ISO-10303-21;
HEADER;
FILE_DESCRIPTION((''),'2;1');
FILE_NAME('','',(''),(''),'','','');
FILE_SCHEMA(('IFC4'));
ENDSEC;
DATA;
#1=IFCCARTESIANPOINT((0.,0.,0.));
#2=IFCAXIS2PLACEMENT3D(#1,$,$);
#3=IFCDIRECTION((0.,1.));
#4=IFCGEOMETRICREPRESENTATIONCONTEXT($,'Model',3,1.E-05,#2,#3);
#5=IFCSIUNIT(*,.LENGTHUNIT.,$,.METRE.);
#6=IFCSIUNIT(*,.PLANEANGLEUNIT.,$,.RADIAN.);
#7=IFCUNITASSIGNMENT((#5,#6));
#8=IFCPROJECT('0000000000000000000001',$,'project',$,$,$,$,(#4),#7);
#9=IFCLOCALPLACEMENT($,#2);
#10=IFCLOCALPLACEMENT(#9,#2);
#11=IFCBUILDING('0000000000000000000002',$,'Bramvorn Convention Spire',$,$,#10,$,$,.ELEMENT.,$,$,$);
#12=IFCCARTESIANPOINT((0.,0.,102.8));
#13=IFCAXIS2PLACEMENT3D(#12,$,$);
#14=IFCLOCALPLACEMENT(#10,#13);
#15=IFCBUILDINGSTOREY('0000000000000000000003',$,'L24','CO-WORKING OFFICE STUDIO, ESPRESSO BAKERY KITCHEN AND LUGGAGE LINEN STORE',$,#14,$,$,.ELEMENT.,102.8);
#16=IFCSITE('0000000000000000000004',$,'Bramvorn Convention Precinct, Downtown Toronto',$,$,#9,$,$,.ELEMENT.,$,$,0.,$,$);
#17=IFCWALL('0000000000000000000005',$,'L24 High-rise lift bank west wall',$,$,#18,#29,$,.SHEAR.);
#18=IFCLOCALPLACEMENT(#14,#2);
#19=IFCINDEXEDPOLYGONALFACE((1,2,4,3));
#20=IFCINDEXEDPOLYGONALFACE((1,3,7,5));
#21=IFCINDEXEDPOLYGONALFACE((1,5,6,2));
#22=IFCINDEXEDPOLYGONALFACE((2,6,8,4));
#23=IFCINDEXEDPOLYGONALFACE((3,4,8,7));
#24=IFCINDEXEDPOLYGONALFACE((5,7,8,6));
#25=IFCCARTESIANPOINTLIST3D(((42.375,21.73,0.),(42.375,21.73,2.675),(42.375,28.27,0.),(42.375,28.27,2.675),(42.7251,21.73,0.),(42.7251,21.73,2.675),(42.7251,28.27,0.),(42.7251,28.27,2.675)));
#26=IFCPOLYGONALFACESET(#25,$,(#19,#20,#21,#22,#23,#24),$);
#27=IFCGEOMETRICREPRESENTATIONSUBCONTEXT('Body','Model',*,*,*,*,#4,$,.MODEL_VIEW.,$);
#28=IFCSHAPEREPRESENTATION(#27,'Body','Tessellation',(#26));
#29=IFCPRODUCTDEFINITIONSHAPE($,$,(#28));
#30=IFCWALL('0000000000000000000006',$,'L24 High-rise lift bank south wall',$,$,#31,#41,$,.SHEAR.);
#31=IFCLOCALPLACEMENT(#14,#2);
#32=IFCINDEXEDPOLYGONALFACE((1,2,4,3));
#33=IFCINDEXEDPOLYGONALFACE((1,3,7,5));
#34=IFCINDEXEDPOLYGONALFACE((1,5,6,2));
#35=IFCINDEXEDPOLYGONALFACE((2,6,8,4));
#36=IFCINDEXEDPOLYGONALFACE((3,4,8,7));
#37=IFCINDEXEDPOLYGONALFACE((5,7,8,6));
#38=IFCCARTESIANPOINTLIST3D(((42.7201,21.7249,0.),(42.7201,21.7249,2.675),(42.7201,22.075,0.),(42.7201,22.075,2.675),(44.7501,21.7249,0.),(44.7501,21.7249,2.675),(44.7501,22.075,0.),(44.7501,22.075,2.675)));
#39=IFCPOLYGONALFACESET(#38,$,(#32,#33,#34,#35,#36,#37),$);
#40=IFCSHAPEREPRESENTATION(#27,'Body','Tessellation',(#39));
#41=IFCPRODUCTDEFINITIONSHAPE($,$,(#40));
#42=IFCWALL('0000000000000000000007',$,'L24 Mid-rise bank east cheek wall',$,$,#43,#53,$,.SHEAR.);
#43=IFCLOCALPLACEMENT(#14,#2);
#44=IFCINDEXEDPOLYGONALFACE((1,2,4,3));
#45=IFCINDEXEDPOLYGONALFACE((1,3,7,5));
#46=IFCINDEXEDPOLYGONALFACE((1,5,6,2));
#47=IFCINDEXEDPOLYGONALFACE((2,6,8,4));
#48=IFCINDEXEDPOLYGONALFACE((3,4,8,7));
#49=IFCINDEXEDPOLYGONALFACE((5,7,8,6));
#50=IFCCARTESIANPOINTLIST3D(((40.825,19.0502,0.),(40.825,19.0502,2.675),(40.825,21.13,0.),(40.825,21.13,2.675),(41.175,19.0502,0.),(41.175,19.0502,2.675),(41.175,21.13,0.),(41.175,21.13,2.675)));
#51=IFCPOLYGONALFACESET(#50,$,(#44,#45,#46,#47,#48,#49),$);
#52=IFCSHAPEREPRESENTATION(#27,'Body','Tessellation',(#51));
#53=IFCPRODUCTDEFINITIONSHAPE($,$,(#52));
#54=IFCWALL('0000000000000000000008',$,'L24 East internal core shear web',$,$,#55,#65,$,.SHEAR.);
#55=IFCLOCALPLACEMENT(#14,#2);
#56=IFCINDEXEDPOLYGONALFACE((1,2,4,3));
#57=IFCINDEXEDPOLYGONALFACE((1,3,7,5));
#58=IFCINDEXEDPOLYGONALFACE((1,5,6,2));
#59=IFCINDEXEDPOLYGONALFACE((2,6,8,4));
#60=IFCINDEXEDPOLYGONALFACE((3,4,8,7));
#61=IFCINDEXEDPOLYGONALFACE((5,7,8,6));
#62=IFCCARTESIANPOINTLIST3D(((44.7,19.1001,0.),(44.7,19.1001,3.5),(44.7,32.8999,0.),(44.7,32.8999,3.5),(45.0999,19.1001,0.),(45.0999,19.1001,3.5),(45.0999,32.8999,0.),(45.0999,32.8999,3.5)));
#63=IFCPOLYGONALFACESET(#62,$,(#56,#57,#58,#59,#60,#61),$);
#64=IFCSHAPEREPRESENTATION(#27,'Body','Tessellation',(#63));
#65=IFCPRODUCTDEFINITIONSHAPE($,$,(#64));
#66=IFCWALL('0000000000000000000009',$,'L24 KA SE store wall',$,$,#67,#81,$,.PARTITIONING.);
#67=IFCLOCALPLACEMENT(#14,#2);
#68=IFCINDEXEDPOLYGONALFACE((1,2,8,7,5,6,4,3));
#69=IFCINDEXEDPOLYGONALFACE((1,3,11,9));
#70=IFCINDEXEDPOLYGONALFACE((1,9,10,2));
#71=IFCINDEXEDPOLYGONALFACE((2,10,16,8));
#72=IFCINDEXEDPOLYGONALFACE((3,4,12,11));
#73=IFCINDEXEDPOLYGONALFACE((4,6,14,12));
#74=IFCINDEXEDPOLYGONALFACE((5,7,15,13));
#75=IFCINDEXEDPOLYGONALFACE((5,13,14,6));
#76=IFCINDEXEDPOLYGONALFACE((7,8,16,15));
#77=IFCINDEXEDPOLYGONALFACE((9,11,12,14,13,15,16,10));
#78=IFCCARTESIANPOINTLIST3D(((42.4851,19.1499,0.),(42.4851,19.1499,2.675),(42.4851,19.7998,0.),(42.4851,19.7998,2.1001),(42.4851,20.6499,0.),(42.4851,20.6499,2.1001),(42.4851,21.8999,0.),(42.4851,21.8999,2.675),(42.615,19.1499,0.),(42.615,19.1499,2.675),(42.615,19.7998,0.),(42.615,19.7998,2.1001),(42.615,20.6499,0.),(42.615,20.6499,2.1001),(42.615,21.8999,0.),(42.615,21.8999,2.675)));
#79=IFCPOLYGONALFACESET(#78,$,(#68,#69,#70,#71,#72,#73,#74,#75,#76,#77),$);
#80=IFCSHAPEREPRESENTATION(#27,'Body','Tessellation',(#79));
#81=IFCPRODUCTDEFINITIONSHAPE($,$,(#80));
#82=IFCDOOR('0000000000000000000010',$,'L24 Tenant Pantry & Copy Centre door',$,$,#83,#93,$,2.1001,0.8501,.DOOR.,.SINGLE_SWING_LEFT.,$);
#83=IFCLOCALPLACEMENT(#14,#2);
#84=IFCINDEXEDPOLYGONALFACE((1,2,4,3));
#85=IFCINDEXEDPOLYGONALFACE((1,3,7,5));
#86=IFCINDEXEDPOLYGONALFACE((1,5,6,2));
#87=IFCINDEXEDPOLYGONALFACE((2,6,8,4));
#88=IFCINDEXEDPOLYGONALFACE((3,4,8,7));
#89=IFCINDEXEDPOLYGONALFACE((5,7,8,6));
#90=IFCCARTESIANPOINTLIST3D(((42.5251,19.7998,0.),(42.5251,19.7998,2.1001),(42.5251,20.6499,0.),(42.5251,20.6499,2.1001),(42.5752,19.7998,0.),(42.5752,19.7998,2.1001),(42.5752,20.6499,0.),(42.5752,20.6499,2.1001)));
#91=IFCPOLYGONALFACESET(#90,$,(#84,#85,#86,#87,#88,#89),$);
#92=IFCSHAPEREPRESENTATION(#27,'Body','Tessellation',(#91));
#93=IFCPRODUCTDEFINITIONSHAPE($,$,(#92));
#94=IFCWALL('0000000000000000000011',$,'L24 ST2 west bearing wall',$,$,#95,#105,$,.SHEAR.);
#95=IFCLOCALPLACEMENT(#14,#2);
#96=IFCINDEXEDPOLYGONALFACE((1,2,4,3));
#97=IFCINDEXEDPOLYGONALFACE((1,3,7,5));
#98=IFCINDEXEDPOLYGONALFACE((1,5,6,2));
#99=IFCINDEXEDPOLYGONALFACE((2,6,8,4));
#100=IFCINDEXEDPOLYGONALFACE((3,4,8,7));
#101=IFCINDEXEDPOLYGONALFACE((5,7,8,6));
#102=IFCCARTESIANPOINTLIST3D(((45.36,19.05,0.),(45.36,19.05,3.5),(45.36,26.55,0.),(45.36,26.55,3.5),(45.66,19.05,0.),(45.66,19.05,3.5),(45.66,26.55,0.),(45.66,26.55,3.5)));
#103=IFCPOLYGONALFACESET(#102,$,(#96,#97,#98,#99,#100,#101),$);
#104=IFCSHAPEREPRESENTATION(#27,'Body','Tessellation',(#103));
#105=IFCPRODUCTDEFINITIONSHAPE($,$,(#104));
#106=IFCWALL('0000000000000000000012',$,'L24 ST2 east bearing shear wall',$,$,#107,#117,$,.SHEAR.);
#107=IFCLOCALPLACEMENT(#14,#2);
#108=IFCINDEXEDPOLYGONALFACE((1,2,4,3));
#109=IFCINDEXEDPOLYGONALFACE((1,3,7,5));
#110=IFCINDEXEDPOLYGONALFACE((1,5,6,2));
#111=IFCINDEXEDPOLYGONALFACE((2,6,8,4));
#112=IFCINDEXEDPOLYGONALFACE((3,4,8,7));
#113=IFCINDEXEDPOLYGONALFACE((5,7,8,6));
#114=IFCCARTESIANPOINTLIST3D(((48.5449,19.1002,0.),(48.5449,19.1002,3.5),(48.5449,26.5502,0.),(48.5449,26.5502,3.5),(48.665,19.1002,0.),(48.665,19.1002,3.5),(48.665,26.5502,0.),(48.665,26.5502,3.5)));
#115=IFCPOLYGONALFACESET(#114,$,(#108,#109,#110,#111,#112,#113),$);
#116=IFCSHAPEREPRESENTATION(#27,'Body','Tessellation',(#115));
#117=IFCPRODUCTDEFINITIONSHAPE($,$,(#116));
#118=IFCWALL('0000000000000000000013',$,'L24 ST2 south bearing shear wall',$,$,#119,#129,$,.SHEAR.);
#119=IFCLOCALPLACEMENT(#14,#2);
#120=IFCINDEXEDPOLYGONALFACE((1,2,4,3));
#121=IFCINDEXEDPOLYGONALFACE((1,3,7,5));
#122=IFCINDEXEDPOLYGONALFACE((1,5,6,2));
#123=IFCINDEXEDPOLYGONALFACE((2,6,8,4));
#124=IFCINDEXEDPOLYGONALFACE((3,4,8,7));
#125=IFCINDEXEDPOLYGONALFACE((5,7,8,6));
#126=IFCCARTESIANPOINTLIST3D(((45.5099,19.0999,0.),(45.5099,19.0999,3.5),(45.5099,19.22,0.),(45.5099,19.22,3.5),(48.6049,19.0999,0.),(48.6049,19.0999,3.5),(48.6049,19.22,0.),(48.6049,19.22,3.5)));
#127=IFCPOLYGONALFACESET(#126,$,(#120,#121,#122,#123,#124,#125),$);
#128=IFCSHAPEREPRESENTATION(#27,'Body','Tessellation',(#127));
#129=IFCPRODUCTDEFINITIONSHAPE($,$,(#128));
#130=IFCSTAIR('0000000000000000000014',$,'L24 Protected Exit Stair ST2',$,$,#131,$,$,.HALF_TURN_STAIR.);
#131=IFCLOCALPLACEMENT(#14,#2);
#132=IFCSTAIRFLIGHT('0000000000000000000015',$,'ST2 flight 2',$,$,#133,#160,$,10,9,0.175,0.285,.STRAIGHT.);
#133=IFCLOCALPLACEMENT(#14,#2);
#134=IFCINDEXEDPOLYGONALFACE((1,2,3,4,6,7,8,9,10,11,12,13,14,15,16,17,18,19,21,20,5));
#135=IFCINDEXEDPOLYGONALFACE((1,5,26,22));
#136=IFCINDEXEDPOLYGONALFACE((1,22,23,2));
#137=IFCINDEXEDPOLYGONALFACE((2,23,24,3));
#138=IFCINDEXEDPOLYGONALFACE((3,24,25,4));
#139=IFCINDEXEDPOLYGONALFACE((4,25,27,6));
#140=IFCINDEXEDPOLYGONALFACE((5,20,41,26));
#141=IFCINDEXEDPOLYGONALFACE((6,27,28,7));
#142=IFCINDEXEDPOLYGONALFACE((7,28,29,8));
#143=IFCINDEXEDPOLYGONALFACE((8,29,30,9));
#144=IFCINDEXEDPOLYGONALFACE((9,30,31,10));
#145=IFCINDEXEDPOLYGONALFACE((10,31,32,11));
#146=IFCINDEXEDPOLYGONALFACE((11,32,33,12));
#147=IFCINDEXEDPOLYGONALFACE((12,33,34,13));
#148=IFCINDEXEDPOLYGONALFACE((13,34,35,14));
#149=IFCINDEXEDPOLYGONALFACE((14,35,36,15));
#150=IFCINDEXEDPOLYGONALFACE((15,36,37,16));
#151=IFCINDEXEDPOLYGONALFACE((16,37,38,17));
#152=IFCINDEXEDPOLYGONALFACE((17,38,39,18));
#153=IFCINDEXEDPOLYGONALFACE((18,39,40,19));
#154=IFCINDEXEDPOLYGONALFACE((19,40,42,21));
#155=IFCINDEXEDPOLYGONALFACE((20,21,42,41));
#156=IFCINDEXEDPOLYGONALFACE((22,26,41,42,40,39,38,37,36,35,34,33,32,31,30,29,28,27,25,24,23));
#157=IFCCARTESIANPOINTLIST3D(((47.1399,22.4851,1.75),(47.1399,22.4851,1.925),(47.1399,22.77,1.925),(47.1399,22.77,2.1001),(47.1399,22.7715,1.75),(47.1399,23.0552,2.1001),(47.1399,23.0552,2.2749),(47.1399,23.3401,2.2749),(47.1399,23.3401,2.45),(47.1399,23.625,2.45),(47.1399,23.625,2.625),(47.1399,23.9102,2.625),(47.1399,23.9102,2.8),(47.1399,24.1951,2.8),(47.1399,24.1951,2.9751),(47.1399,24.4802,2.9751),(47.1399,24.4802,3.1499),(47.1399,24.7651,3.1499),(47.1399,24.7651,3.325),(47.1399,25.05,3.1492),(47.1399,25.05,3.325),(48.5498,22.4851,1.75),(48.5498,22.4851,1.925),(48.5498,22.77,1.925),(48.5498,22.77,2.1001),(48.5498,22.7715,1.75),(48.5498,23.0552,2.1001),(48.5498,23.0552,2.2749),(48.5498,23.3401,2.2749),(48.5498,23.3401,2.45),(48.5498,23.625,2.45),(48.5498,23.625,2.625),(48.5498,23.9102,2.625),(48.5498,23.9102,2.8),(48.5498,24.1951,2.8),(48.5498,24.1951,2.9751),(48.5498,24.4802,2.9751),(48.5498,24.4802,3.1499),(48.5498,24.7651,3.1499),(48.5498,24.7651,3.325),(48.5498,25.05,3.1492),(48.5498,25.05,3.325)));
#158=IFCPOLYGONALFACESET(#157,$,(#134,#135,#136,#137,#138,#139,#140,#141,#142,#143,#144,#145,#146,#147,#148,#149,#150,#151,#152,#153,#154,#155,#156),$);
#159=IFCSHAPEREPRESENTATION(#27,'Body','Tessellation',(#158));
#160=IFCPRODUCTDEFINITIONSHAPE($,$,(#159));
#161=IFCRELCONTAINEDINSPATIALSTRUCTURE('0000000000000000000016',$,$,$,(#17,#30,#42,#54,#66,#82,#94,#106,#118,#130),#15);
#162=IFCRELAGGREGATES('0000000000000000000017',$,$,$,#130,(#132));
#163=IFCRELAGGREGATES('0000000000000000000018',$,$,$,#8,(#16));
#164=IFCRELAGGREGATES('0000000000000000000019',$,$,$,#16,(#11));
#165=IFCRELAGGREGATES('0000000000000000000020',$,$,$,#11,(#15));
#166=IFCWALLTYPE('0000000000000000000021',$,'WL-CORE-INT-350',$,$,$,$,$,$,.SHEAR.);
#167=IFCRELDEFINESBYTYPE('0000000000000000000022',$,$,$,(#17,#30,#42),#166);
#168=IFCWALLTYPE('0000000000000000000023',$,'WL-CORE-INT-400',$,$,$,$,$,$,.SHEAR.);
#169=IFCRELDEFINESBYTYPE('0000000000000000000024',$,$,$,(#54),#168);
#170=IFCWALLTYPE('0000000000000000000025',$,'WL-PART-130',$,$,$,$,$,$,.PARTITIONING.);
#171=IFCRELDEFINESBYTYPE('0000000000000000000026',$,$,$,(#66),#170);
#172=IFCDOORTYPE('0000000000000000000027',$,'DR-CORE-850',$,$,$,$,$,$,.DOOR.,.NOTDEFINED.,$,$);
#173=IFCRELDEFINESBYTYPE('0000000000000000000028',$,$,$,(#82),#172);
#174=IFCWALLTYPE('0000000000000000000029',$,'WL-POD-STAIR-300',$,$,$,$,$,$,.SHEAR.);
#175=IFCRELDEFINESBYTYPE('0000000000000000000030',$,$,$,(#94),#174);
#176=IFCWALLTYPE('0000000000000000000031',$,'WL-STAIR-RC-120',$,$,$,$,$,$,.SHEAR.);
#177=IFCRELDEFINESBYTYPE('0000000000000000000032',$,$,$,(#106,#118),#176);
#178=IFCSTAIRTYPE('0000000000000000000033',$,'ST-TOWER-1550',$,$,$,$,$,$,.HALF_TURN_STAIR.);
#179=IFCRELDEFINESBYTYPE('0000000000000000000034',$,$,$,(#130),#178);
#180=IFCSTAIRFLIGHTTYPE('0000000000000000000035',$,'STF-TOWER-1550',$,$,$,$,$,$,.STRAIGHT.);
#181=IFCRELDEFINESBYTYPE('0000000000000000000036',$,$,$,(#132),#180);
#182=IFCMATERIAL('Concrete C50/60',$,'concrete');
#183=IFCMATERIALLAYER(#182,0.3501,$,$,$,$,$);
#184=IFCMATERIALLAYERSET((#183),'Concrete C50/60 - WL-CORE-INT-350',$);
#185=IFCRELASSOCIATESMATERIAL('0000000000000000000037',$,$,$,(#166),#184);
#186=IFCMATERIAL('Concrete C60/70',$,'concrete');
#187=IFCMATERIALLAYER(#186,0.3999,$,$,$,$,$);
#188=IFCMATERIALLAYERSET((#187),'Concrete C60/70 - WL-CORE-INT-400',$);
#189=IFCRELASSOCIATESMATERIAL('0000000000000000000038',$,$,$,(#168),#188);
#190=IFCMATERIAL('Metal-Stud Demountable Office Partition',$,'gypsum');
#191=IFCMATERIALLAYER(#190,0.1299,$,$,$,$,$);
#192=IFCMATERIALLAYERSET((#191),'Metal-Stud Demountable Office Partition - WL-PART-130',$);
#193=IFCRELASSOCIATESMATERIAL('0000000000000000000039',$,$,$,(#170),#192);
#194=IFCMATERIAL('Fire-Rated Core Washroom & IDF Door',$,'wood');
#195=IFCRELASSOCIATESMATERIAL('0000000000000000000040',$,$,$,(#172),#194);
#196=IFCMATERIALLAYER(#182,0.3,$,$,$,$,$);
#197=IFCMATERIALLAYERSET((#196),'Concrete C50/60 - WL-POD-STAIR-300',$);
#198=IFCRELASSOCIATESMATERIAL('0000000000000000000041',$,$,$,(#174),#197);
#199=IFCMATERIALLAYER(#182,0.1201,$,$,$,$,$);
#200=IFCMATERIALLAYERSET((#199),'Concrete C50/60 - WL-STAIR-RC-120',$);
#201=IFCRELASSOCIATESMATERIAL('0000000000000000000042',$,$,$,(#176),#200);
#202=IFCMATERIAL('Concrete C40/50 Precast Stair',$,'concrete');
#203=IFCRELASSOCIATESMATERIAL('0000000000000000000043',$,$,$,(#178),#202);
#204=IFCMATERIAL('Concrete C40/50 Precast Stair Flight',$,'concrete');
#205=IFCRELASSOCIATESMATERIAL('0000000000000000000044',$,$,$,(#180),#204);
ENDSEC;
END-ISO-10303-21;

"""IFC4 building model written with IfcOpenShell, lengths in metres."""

from ifc_helpers import new_model, si_unit, direction, frame, frame_2d, origin, place, context, subcontext, project, spatial, polyline, rectangle, outline, extrude, material, layer, layer_set, type_object, element, fill, aggregate, save


model = new_model("IFC4")

# Units and contexts
model_context = context("Model", 3, precision=1e-05, world=origin(), true_north=direction((0.0, 1.0)))
body_context = subcontext(model_context, "Body", "Model", "MODEL_VIEW")
ifc_project = project(units=[si_unit("LENGTHUNIT", "METRE"), si_unit("PLANEANGLEUNIT", "RADIAN")], contexts=[model_context])

# Site, building, storey
site_placement = place(None, origin())
site = spatial("IfcSite", under=ifc_project, at=site_placement, Name="Bramvorn Convention Precinct, Downtown Toronto", CompositionType="ELEMENT", RefElevation=0.0)
building_placement = place(site_placement, origin())
building = spatial("IfcBuilding", under=site, at=building_placement, Name="Bramvorn Convention Spire", CompositionType="ELEMENT")
storey_placement = place(building_placement, frame((0.0, 0.0, 102.8)))
storey = spatial("IfcBuildingStorey", under=building, at=storey_placement, Name="L24", Description="CO-WORKING OFFICE STUDIO, ESPRESSO BAKERY KITCHEN AND LUGGAGE LINEN STORE", CompositionType="ELEMENT", Elevation=102.8)

# Shared definitions
ifc_material_1 = material(Name="Concrete C60/70", Category="concrete")

# Walls
ifc_material_2 = material(Name="Concrete C50/60", Category="concrete")
ifc_layer_1 = layer(ifc_material_2, 0.3501)
ifc_layer_set_1 = layer_set([ifc_layer_1], Name="Concrete C50/60 - WL-CORE-INT-350")
wall_type_1 = type_object("IfcWallType", Name="WL-CORE-INT-350", PredefinedType="SHEAR", material=ifc_layer_set_1)
wall_1_placement = place(storey_placement, frame((42.55, 21.73, 0.0), z_axis=(0.0, 0.0, 1.0), x_axis=(0.0, 1.0, 0.0)))
element("IfcWall", 1, at=wall_1_placement, inside=storey, type_object=wall_type_1, Name="L24 High-rise lift bank west wall", PredefinedType="SHEAR", context=body_context, shape_type="SweptSolid", body=[
    extrude(rectangle(XDim=6.54, YDim=0.3501, at=frame_2d((3.27, 0.0))), origin(), (0.0, 0.0, 1.0), 2.675),
])
wall_2_placement = place(storey_placement, frame((42.72, 21.8999, 0.0), z_axis=(0.0, 0.0, 1.0), x_axis=(1.0, 0.0, 0.0)))
element("IfcWall", 2, at=wall_2_placement, inside=storey, type_object=wall_type_1, Name="L24 High-rise lift bank south wall", PredefinedType="SHEAR", context=body_context, shape_type="SweptSolid", body=[
    extrude(rectangle(XDim=2.03, YDim=0.3501, at=frame_2d((1.0151, 0.0))), origin(), (0.0, 0.0, 1.0), 2.675),
])

# Walls
wall_3_placement = place(storey_placement, frame((41.0, 19.05, 0.0), z_axis=(0.0, 0.0, 1.0), x_axis=(0.0, 1.0, 0.0)))
element("IfcWall", 3, at=wall_3_placement, inside=storey, type_object=wall_type_1, Name="L24 Mid-rise bank east cheek wall", PredefinedType="SHEAR", context=body_context, shape_type="SweptSolid", body=[
    extrude(rectangle(XDim=2.0798, YDim=0.3501, at=frame_2d((1.04, 0.0))), origin(), (0.0, 0.0, 1.0), 2.675),
])
ifc_layer_2 = layer(ifc_material_1, 0.3999)
ifc_layer_set_2 = layer_set([ifc_layer_2], Name="Concrete C60/70 - WL-CORE-INT-400")
wall_type_2 = type_object("IfcWallType", Name="WL-CORE-INT-400", PredefinedType="SHEAR", material=ifc_layer_set_2)
wall_4_placement = place(storey_placement, frame((44.8999, 19.1001, 0.0), z_axis=(0.0, 0.0, 1.0), x_axis=(0.0, 1.0, 0.0)))
element("IfcWall", 4, at=wall_4_placement, inside=storey, type_object=wall_type_2, Name="L24 East internal core shear web", PredefinedType="SHEAR", context=body_context, shape_type="SweptSolid", body=[
    extrude(rectangle(XDim=13.7998, YDim=0.3999, at=frame_2d((6.8999, 0.0))), origin(), (0.0, 0.0, 1.0), 3.5),
])

# Wall, opening, door
ifc_material_3 = material(Name="Metal-Stud Demountable Office Partition", Category="gypsum")
ifc_layer_3 = layer(ifc_material_3, 0.1299)
ifc_layer_set_3 = layer_set([ifc_layer_3], Name="Metal-Stud Demountable Office Partition - WL-PART-130")
wall_type_3 = type_object("IfcWallType", Name="WL-PART-130", PredefinedType="PARTITIONING", material=ifc_layer_set_3)
wall_5_placement = place(storey_placement, frame((42.55, 19.1499, 0.0), z_axis=(0.0, 0.0, 1.0), x_axis=(0.0, 1.0, 0.0)))
wall_5 = element("IfcWall", 5, at=wall_5_placement, inside=storey, type_object=wall_type_3, Name="L24 KA SE store wall", PredefinedType="PARTITIONING", context=body_context, shape_type="SweptSolid", body=[
    extrude(rectangle(XDim=2.75, YDim=0.1299, at=frame_2d((1.375, 0.0))), origin(), (0.0, 0.0, 1.0), 2.675),
])
opening_1_placement = place(wall_5_placement, frame((0.6499, 0.0, 0.0)))
opening_1 = element("IfcOpeningElement", 6, at=opening_1_placement, cuts=wall_5, PredefinedType="OPENING", context=body_context, shape_type="SweptSolid", body=[
    extrude(rectangle(XDim=0.8501, YDim=2.1001, at=frame_2d((0.425, 1.05))), frame((0.0, 0.075, 0.0), z_axis=(0.0, -1.0, 0.0), x_axis=(1.0, 0.0, 0.0)), (0.0, 0.0, 1.0), 0.1499),
])
ifc_material_4 = material(Name="Fire-Rated Core Washroom & IDF Door", Category="wood")
door_type_1 = type_object("IfcDoorType", Name="DR-CORE-850", OperationType="NOTDEFINED", PredefinedType="DOOR", material=ifc_material_4)
door_1_placement = place(opening_1_placement, origin())
door_1 = element("IfcDoor", 7, at=door_1_placement, inside=storey, type_object=door_type_1, Name="L24 Tenant Pantry & Copy Centre door", OperationType="SINGLE_SWING_LEFT", OverallHeight=2.1001, OverallWidth=0.8501, PredefinedType="DOOR", context=body_context, shape_type="SweptSolid", body=[
    extrude(rectangle(XDim=0.8501, YDim=2.1001, at=frame_2d((0.425, 1.05))), frame((0.0, 0.0249, 0.0), z_axis=(0.0, -1.0, 0.0), x_axis=(1.0, 0.0, 0.0)), (0.0, 0.0, 1.0), 0.05),
])
fill(opening_1, door_1)

# Walls
ifc_layer_4 = layer(ifc_material_2, 0.3)
ifc_layer_set_4 = layer_set([ifc_layer_4], Name="Concrete C50/60 - WL-POD-STAIR-300")
wall_type_4 = type_object("IfcWallType", Name="WL-POD-STAIR-300", PredefinedType="SHEAR", material=ifc_layer_set_4)
wall_6_placement = place(storey_placement, frame((45.51, 19.05, 0.0), z_axis=(0.0, 0.0, 1.0), x_axis=(0.0, 1.0, 0.0)))
element("IfcWall", 8, at=wall_6_placement, inside=storey, type_object=wall_type_4, Name="L24 ST2 west bearing wall", PredefinedType="SHEAR", context=body_context, shape_type="SweptSolid", body=[
    extrude(rectangle(XDim=7.5, YDim=0.3, at=frame_2d((3.75, 0.0))), origin(), (0.0, 0.0, 1.0), 3.5),
])
ifc_layer_5 = layer(ifc_material_2, 0.1201)
ifc_layer_set_5 = layer_set([ifc_layer_5], Name="Concrete C50/60 - WL-STAIR-RC-120")
wall_type_5 = type_object("IfcWallType", Name="WL-STAIR-RC-120", PredefinedType="SHEAR", material=ifc_layer_set_5)
wall_7_placement = place(storey_placement, frame((48.605, 19.1001, 0.0), z_axis=(0.0, 0.0, 1.0), x_axis=(0.0, 1.0, 0.0)))
element("IfcWall", 9, at=wall_7_placement, inside=storey, type_object=wall_type_5, Name="L24 ST2 east bearing shear wall", PredefinedType="SHEAR", context=body_context, shape_type="SweptSolid", body=[
    extrude(rectangle(XDim=7.45, YDim=0.1201, at=frame_2d((3.7251, 0.0))), origin(), (0.0, 0.0, 1.0), 3.5),
])
wall_8_placement = place(storey_placement, frame((45.51, 19.1599, 0.0), z_axis=(0.0, 0.0, 1.0), x_axis=(1.0, 0.0, 0.0)))
element("IfcWall", 10, at=wall_8_placement, inside=storey, type_object=wall_type_5, Name="L24 ST2 south bearing shear wall", PredefinedType="SHEAR", context=body_context, shape_type="SweptSolid", body=[
    extrude(rectangle(XDim=3.095, YDim=0.1201, at=frame_2d((1.5474, 0.0))), origin(), (0.0, 0.0, 1.0), 3.5),
])

# Stair, stair flight
ifc_material_5 = material(Name="Concrete C40/50 Precast Stair", Category="concrete")
stair_type = type_object("IfcStairType", Name="ST-TOWER-1550", PredefinedType="HALF_TURN_STAIR", material=ifc_material_5)
stair_placement = place(storey_placement, origin())
stair = element("IfcStair", 11, at=stair_placement, inside=storey, type_object=stair_type, Name="L24 Protected Exit Stair ST2", PredefinedType="HALF_TURN_STAIR")
ifc_material_6 = material(Name="Concrete C40/50 Precast Stair Flight", Category="concrete")
stair_flight_type = type_object("IfcStairFlightType", Name="STF-TOWER-1550", PredefinedType="STRAIGHT", material=ifc_material_6)
stair_flight_placement = place(storey_placement, frame((47.845, 22.4851, 1.75), z_axis=(0.0, 0.0, 1.0), x_axis=(0.0, 1.0, 0.0)))
stair_flight = element("IfcStairFlight", 12, at=stair_flight_placement, type_object=stair_flight_type, Name="ST2 flight 2", NumberOfRisers=10, NumberOfTreads=9, PredefinedType="STRAIGHT", RiserHeight=0.175, TreadLength=0.285, context=body_context, shape_type="SweptSolid", body=[
    extrude(outline(polyline([(0.0, 0.0), (0.0, 0.175), (0.2849, 0.175), (0.2849, 0.3501), (0.5701, 0.3501), (0.5701, 0.5249), (0.855, 0.5249), (0.855, 0.7), (1.1399, 0.7), (1.1399, 0.875), (1.425, 0.875), (1.425, 1.05), (1.71, 1.05), (1.71, 1.2251), (1.9951, 1.2251), (1.9951, 1.3999), (2.28, 1.3999), (2.28, 1.575), (2.5649, 1.575), (2.5649, 1.75), (2.5649, 1.3992), (0.2864, 0.0), (0.0, 0.0)])), frame((0.0, 0.7051, 0.0), z_axis=(0.0, -1.0, 0.0), x_axis=(1.0, 0.0, 0.0)), (0.0, 0.0, 1.0), 1.4099),
])
aggregate(stair, [stair_flight])

save(model, "model.ifc")
